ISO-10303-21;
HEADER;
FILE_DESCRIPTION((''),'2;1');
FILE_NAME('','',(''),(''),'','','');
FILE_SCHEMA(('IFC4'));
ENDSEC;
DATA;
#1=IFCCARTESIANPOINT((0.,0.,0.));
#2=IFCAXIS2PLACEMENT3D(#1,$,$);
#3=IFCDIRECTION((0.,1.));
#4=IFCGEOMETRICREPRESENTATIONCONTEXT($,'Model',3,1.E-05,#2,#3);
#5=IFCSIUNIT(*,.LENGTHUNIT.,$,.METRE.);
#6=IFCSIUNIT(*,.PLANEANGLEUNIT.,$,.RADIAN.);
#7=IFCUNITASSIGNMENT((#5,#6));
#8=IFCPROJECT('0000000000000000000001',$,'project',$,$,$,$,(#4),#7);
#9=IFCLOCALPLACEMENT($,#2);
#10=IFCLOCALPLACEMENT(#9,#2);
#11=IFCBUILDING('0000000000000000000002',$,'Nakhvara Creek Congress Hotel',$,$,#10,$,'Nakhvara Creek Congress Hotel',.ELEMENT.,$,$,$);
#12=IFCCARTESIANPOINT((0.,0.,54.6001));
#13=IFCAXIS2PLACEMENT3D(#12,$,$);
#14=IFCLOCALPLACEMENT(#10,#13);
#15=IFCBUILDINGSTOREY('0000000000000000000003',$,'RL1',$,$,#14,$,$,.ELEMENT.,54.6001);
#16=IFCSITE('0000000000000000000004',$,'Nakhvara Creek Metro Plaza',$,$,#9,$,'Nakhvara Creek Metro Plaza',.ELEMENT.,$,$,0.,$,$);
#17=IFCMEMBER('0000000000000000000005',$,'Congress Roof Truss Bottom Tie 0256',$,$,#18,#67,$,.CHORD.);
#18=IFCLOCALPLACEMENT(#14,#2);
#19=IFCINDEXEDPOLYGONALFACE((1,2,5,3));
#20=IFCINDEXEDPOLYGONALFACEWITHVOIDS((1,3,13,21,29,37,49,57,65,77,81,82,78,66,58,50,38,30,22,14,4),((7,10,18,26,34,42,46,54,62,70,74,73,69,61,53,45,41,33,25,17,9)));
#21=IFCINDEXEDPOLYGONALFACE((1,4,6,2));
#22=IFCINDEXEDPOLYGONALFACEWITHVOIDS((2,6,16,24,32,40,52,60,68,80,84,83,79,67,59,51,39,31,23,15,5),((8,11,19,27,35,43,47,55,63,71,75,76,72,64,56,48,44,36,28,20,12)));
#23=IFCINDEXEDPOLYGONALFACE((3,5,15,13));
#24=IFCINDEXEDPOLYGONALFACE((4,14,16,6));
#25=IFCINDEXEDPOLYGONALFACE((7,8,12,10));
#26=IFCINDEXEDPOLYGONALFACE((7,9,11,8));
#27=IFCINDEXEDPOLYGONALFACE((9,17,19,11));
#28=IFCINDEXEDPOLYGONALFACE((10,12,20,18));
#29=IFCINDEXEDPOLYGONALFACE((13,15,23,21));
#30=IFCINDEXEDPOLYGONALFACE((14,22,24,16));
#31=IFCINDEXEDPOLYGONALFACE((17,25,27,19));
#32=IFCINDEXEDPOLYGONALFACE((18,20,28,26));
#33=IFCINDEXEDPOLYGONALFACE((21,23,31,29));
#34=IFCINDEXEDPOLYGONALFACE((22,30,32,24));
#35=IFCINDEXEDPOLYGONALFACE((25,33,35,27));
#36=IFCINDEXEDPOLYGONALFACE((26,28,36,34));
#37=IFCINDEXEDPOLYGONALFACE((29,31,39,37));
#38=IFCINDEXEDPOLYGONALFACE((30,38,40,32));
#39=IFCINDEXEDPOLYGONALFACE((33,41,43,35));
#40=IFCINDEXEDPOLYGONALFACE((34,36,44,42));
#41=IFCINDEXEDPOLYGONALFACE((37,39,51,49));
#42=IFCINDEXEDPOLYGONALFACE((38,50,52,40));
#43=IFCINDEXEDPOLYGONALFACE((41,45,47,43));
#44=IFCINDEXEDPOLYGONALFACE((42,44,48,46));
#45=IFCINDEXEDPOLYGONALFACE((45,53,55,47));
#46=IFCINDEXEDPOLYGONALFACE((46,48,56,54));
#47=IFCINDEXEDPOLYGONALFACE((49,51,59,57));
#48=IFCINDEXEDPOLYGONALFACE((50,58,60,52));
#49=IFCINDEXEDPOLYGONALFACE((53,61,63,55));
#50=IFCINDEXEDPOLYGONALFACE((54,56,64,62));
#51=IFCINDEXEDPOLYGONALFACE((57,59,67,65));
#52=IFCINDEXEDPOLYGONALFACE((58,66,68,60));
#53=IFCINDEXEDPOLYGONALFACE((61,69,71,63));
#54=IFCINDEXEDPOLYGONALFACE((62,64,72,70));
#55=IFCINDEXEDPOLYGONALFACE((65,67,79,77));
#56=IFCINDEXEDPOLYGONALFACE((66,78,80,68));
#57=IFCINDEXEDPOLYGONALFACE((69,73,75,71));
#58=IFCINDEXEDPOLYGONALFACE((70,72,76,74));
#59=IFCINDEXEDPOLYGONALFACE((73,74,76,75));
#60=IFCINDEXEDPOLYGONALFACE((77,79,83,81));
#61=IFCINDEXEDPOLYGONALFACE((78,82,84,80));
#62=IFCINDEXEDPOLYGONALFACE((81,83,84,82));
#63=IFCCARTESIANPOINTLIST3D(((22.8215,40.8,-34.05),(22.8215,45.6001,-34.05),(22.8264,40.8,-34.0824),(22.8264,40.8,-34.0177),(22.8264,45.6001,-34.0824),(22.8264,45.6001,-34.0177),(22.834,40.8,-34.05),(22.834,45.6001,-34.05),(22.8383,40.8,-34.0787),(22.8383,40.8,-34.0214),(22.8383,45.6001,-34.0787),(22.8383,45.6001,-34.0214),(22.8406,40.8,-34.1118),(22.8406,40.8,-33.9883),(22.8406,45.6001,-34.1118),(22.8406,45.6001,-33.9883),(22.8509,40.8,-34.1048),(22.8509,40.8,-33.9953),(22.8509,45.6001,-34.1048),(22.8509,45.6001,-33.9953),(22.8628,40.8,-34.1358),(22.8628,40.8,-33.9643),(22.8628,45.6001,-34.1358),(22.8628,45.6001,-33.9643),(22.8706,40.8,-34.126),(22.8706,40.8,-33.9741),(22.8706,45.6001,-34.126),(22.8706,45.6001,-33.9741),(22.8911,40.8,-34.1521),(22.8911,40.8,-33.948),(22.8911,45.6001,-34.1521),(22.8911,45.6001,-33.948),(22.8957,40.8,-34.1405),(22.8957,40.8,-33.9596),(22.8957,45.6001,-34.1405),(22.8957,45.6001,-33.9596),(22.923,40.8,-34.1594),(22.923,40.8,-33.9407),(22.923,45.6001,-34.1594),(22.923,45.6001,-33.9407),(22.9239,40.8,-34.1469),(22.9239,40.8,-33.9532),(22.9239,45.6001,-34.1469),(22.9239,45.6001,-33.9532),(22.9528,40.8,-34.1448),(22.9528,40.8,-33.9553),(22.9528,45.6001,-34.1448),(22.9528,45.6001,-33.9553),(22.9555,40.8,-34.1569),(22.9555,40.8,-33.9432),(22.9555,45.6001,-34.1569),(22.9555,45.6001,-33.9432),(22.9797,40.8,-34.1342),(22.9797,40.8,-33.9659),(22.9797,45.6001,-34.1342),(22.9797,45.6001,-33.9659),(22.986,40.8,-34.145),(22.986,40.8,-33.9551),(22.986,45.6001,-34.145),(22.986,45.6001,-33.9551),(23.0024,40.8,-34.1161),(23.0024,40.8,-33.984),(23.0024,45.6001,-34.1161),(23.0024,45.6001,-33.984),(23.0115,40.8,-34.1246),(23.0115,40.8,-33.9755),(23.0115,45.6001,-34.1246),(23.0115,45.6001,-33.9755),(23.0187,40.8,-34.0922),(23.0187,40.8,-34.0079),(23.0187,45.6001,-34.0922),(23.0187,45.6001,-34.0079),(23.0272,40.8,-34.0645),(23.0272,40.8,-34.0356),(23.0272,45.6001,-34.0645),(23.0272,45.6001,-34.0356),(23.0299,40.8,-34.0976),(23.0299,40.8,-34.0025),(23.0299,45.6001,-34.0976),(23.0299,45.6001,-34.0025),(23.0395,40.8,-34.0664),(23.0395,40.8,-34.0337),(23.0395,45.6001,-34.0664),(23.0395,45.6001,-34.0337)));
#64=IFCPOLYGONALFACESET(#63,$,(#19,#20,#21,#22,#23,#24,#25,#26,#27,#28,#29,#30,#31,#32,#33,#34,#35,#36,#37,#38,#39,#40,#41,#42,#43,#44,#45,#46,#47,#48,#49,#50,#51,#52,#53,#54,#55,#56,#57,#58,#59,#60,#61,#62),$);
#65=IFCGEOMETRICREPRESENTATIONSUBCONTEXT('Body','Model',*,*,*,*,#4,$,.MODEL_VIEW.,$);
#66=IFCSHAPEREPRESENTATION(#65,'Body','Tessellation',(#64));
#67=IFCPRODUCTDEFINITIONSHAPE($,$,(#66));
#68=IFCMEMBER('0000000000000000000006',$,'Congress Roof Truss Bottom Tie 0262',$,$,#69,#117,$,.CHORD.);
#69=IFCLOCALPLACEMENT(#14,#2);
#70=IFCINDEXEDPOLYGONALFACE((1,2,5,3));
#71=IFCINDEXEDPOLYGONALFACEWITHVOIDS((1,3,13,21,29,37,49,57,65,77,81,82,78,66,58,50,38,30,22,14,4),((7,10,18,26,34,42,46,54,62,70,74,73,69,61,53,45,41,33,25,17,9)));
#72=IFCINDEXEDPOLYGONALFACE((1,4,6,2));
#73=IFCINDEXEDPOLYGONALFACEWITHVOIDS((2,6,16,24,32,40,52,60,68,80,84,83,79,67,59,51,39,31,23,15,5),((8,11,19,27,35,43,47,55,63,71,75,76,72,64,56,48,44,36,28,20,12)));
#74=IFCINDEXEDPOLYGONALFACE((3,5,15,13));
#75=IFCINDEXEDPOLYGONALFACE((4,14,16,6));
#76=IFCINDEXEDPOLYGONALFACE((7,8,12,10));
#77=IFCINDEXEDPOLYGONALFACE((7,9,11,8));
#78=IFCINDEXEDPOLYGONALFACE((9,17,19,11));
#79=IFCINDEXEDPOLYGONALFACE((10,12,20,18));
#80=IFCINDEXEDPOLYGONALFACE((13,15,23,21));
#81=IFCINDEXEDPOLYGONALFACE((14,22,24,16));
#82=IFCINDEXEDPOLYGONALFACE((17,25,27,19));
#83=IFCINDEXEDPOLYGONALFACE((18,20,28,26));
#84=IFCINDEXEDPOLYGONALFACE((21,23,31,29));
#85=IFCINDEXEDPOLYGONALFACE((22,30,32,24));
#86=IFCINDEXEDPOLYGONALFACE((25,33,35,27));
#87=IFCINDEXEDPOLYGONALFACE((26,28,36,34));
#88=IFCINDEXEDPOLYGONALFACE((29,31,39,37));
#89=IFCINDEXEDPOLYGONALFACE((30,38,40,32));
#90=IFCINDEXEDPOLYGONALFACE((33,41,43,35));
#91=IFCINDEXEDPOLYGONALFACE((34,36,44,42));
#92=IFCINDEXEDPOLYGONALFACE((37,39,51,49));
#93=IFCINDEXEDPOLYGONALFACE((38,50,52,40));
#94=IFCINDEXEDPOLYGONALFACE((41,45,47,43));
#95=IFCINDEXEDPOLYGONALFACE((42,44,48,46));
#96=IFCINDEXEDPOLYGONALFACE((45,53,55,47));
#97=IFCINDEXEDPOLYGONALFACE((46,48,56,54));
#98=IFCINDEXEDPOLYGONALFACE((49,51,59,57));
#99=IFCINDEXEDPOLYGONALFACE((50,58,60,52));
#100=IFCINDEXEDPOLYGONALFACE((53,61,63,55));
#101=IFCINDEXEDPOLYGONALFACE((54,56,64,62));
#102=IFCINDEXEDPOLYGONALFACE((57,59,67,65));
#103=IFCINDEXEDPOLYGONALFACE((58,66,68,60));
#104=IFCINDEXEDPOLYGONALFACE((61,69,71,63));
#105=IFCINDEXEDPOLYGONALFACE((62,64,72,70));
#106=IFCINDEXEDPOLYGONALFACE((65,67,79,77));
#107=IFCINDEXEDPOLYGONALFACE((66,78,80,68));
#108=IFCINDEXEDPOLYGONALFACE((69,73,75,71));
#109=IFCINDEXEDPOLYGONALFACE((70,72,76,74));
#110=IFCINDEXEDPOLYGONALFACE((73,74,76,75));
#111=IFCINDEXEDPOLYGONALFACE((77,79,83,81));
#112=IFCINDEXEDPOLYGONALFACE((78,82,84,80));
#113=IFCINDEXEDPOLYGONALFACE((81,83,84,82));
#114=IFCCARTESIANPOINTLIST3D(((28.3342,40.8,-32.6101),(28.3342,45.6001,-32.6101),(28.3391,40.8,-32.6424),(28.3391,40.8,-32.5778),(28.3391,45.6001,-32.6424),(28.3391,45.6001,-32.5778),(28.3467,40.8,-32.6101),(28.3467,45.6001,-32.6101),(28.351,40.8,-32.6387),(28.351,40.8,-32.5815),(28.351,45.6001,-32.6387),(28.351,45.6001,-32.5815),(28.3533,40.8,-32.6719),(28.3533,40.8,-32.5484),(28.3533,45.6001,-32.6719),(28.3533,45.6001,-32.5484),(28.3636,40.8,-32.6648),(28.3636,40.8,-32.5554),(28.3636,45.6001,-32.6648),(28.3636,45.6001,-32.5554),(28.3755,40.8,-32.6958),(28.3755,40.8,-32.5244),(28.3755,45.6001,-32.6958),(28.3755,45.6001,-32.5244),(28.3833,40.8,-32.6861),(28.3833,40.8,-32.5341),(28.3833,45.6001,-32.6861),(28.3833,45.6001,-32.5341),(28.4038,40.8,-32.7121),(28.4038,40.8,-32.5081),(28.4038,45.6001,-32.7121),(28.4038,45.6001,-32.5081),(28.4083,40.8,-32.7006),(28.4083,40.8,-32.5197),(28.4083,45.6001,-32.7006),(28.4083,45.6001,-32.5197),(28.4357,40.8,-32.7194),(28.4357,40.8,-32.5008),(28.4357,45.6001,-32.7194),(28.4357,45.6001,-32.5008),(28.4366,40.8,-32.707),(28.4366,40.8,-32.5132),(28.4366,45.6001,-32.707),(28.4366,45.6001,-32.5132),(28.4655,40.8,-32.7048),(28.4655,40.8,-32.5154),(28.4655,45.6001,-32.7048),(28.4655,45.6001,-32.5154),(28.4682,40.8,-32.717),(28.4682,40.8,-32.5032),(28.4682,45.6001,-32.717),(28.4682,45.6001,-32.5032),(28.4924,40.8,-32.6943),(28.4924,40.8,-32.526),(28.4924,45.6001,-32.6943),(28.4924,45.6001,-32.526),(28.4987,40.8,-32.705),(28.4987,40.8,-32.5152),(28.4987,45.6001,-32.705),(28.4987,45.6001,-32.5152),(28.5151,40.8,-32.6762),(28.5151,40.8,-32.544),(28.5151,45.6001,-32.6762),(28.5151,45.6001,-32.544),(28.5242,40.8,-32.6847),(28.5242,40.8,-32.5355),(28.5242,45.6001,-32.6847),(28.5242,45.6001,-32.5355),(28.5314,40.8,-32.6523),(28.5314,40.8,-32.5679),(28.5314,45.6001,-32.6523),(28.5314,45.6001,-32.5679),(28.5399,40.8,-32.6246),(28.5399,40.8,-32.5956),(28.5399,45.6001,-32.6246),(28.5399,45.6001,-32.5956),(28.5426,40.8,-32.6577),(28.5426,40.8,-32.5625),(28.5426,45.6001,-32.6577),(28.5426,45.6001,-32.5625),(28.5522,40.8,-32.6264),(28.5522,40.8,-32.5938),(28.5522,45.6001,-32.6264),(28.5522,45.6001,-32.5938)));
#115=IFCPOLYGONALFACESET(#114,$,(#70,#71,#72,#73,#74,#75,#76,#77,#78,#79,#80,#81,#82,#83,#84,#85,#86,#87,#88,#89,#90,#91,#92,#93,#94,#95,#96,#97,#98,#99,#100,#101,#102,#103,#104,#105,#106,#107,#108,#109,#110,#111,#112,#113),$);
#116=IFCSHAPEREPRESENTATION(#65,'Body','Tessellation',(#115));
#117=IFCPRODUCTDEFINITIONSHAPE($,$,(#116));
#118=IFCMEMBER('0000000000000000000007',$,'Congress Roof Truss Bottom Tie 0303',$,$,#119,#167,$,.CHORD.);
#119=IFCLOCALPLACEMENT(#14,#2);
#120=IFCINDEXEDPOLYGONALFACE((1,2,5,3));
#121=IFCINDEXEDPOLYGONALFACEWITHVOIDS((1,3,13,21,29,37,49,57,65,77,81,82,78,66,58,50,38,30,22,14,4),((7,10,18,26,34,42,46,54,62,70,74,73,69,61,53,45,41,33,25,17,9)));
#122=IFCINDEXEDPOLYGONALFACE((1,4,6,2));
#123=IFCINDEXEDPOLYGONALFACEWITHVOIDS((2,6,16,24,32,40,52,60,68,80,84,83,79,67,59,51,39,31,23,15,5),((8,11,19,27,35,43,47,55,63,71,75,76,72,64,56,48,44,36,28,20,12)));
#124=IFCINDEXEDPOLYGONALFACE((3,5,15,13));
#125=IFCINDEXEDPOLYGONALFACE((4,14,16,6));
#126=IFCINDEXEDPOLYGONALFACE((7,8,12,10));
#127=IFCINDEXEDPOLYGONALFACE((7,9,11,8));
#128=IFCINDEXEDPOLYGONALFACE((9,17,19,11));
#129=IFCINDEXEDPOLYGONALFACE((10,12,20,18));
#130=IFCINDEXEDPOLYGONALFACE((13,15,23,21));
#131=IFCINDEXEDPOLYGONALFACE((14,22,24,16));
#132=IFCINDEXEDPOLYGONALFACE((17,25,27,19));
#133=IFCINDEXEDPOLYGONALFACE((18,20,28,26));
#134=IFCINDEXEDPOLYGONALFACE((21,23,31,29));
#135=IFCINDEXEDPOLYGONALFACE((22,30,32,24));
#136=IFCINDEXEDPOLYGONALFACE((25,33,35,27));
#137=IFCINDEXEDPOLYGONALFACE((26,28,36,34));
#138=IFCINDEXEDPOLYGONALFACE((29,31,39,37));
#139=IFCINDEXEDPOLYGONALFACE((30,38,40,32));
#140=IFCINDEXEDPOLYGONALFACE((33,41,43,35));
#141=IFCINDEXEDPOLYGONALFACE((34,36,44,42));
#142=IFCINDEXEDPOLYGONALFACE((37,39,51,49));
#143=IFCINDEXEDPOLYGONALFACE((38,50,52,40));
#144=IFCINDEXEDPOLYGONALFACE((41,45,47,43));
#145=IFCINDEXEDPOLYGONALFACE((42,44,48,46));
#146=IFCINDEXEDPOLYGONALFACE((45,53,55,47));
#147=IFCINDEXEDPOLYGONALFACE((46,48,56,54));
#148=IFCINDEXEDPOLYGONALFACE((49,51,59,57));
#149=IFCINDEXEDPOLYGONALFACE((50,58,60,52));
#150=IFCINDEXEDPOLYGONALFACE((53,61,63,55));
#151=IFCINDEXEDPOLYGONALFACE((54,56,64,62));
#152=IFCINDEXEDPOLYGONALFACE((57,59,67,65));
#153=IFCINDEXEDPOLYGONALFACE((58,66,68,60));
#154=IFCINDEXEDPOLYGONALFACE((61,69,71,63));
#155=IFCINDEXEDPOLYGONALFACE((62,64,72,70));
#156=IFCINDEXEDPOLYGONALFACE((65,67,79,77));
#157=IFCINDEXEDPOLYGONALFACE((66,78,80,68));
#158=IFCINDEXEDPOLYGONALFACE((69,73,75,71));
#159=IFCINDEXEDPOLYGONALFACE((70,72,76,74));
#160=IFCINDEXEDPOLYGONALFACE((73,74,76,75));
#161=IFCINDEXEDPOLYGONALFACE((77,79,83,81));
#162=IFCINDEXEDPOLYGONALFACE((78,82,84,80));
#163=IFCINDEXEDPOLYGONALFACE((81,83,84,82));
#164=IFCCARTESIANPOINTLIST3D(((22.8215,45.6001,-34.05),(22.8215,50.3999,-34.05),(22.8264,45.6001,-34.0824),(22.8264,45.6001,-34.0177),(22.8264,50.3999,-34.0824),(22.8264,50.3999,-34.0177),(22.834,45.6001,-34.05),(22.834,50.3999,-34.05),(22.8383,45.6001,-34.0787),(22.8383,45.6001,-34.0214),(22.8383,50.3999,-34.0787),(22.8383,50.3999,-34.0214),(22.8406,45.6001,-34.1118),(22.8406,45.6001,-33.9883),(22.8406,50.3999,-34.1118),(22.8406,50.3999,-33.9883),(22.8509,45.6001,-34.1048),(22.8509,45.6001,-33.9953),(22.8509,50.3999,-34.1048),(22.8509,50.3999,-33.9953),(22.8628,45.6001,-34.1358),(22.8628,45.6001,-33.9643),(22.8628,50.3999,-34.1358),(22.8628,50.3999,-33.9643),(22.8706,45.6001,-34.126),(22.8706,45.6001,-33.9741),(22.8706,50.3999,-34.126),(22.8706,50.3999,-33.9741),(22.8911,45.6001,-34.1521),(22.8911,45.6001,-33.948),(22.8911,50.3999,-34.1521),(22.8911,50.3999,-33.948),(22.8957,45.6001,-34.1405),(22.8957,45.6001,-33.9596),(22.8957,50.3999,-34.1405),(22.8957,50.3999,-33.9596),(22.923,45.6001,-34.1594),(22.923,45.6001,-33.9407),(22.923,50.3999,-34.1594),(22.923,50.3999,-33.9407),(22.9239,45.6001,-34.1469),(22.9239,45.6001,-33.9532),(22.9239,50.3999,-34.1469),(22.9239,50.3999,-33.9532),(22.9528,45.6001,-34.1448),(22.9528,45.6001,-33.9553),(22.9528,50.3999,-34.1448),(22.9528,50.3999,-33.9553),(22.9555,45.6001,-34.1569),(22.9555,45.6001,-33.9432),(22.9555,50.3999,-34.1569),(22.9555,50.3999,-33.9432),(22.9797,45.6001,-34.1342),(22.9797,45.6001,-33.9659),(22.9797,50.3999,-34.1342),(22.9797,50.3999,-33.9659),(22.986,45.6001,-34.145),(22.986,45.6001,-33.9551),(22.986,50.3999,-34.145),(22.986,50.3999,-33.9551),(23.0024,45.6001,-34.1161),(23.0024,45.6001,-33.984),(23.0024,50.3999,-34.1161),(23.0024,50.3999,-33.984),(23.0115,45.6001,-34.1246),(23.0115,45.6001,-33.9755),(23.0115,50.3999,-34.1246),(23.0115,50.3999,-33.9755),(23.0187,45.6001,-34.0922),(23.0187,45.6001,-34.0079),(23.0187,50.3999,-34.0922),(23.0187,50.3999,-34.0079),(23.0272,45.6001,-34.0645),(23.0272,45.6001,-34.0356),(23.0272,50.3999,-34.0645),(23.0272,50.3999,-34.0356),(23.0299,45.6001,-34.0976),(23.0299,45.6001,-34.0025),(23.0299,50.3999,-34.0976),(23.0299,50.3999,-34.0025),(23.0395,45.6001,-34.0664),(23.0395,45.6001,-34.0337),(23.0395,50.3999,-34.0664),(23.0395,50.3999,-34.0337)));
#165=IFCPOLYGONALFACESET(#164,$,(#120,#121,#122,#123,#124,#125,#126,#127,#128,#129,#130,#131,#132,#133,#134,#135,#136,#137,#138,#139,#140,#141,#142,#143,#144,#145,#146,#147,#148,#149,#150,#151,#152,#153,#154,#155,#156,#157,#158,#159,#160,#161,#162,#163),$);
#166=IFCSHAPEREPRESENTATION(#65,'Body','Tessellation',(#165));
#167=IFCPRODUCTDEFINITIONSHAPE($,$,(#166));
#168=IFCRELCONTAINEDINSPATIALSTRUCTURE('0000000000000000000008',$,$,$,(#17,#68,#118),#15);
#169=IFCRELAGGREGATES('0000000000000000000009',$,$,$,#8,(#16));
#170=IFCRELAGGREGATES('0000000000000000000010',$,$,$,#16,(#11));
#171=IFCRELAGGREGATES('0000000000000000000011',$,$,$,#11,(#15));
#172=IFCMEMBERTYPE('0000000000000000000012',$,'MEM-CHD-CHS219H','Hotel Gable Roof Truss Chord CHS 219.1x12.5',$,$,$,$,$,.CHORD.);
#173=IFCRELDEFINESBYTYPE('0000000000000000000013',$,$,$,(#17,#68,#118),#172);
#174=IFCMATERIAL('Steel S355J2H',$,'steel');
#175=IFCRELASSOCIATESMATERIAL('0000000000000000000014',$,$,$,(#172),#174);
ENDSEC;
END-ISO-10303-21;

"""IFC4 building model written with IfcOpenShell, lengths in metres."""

from ifc_helpers import new_model, si_unit, direction, frame, origin, origin_2d, place, context, subcontext, project, spatial, hollow_circle, extrude, material, material_profile, profile_set, type_object, element, save


model = new_model("IFC4")

# Units and contexts
model_context = context("Model", 3, precision=1e-05, world=origin(), true_north=direction((0.0, 1.0)))
body_context = subcontext(model_context, "Body", "Model", "MODEL_VIEW")
ifc_project = project(units=[si_unit("LENGTHUNIT", "METRE"), si_unit("PLANEANGLEUNIT", "RADIAN")], contexts=[model_context])

# Site, building, storey
site_placement = place(None, origin())
site = spatial("IfcSite", under=ifc_project, at=site_placement, Name="Nakhvara Creek Metro Plaza", LongName="Nakhvara Creek Metro Plaza", CompositionType="ELEMENT", RefElevation=0.0)
building_placement = place(site_placement, origin())
building = spatial("IfcBuilding", under=site, at=building_placement, Name="Nakhvara Creek Congress Hotel", LongName="Nakhvara Creek Congress Hotel", CompositionType="ELEMENT")
storey_placement = place(building_placement, frame((0.0, 0.0, 54.6001)))
storey = spatial("IfcBuildingStorey", under=building, at=storey_placement, Name="RL1", CompositionType="ELEMENT", Elevation=54.6001)

# Members
ifc_material_1 = material(Name="Steel S355J2H", Category="steel")
ifc_material_profile_1 = material_profile(ifc_material_1, hollow_circle(Radius=0.1096, WallThickness=0.0125, at=origin_2d()), Name="CHS 219.1x12.5", Category="LoadBearing")
ifc_profile_set_1 = profile_set([ifc_material_profile_1], Name="Steel S355J2H")
member_type_1 = type_object("IfcMemberType", Name="MEM-CHD-CHS219H", Description="Hotel Gable Roof Truss Chord CHS 219.1x12.5", PredefinedType="CHORD", material=ifc_profile_set_1)
for number, where, z_axis, x_axis, name in (
    (1, (22.9312, 40.8, -34.05), (0.0, 1.0, 0.0), (-1.0, 0.0, 0.0), "Congress Roof Truss Bottom Tie 0256"),
    (2, (28.4438, 40.8, -32.6101), (0.0, 1.0, 0.0), (-1.0, 0.0, 0.0), "Congress Roof Truss Bottom Tie 0262"),
):
    element("IfcMember", number, at=place(storey_placement, frame(where, z_axis=z_axis, x_axis=x_axis)), inside=storey, type_object=member_type_1, Name=name, PredefinedType="CHORD", context=body_context, shape_type="SweptSolid", body=[
        extrude(hollow_circle(Radius=0.1096, WallThickness=0.0125, at=origin_2d()), origin(), (0.0, 0.0, 1.0), 4.8),
    ])
member_1_placement = place(storey_placement, frame((22.9312, 45.6001, -34.05), z_axis=(0.0, 1.0, 0.0), x_axis=(-1.0, 0.0, 0.0)))
element("IfcMember", 3, at=member_1_placement, inside=storey, type_object=member_type_1, Name="Congress Roof Truss Bottom Tie 0303", PredefinedType="CHORD", context=body_context, shape_type="SweptSolid", body=[
    extrude(hollow_circle(Radius=0.1096, WallThickness=0.0125, at=origin_2d()), origin(), (0.0, 0.0, 1.0), 4.7998),
])

save(model, "model.ifc")
